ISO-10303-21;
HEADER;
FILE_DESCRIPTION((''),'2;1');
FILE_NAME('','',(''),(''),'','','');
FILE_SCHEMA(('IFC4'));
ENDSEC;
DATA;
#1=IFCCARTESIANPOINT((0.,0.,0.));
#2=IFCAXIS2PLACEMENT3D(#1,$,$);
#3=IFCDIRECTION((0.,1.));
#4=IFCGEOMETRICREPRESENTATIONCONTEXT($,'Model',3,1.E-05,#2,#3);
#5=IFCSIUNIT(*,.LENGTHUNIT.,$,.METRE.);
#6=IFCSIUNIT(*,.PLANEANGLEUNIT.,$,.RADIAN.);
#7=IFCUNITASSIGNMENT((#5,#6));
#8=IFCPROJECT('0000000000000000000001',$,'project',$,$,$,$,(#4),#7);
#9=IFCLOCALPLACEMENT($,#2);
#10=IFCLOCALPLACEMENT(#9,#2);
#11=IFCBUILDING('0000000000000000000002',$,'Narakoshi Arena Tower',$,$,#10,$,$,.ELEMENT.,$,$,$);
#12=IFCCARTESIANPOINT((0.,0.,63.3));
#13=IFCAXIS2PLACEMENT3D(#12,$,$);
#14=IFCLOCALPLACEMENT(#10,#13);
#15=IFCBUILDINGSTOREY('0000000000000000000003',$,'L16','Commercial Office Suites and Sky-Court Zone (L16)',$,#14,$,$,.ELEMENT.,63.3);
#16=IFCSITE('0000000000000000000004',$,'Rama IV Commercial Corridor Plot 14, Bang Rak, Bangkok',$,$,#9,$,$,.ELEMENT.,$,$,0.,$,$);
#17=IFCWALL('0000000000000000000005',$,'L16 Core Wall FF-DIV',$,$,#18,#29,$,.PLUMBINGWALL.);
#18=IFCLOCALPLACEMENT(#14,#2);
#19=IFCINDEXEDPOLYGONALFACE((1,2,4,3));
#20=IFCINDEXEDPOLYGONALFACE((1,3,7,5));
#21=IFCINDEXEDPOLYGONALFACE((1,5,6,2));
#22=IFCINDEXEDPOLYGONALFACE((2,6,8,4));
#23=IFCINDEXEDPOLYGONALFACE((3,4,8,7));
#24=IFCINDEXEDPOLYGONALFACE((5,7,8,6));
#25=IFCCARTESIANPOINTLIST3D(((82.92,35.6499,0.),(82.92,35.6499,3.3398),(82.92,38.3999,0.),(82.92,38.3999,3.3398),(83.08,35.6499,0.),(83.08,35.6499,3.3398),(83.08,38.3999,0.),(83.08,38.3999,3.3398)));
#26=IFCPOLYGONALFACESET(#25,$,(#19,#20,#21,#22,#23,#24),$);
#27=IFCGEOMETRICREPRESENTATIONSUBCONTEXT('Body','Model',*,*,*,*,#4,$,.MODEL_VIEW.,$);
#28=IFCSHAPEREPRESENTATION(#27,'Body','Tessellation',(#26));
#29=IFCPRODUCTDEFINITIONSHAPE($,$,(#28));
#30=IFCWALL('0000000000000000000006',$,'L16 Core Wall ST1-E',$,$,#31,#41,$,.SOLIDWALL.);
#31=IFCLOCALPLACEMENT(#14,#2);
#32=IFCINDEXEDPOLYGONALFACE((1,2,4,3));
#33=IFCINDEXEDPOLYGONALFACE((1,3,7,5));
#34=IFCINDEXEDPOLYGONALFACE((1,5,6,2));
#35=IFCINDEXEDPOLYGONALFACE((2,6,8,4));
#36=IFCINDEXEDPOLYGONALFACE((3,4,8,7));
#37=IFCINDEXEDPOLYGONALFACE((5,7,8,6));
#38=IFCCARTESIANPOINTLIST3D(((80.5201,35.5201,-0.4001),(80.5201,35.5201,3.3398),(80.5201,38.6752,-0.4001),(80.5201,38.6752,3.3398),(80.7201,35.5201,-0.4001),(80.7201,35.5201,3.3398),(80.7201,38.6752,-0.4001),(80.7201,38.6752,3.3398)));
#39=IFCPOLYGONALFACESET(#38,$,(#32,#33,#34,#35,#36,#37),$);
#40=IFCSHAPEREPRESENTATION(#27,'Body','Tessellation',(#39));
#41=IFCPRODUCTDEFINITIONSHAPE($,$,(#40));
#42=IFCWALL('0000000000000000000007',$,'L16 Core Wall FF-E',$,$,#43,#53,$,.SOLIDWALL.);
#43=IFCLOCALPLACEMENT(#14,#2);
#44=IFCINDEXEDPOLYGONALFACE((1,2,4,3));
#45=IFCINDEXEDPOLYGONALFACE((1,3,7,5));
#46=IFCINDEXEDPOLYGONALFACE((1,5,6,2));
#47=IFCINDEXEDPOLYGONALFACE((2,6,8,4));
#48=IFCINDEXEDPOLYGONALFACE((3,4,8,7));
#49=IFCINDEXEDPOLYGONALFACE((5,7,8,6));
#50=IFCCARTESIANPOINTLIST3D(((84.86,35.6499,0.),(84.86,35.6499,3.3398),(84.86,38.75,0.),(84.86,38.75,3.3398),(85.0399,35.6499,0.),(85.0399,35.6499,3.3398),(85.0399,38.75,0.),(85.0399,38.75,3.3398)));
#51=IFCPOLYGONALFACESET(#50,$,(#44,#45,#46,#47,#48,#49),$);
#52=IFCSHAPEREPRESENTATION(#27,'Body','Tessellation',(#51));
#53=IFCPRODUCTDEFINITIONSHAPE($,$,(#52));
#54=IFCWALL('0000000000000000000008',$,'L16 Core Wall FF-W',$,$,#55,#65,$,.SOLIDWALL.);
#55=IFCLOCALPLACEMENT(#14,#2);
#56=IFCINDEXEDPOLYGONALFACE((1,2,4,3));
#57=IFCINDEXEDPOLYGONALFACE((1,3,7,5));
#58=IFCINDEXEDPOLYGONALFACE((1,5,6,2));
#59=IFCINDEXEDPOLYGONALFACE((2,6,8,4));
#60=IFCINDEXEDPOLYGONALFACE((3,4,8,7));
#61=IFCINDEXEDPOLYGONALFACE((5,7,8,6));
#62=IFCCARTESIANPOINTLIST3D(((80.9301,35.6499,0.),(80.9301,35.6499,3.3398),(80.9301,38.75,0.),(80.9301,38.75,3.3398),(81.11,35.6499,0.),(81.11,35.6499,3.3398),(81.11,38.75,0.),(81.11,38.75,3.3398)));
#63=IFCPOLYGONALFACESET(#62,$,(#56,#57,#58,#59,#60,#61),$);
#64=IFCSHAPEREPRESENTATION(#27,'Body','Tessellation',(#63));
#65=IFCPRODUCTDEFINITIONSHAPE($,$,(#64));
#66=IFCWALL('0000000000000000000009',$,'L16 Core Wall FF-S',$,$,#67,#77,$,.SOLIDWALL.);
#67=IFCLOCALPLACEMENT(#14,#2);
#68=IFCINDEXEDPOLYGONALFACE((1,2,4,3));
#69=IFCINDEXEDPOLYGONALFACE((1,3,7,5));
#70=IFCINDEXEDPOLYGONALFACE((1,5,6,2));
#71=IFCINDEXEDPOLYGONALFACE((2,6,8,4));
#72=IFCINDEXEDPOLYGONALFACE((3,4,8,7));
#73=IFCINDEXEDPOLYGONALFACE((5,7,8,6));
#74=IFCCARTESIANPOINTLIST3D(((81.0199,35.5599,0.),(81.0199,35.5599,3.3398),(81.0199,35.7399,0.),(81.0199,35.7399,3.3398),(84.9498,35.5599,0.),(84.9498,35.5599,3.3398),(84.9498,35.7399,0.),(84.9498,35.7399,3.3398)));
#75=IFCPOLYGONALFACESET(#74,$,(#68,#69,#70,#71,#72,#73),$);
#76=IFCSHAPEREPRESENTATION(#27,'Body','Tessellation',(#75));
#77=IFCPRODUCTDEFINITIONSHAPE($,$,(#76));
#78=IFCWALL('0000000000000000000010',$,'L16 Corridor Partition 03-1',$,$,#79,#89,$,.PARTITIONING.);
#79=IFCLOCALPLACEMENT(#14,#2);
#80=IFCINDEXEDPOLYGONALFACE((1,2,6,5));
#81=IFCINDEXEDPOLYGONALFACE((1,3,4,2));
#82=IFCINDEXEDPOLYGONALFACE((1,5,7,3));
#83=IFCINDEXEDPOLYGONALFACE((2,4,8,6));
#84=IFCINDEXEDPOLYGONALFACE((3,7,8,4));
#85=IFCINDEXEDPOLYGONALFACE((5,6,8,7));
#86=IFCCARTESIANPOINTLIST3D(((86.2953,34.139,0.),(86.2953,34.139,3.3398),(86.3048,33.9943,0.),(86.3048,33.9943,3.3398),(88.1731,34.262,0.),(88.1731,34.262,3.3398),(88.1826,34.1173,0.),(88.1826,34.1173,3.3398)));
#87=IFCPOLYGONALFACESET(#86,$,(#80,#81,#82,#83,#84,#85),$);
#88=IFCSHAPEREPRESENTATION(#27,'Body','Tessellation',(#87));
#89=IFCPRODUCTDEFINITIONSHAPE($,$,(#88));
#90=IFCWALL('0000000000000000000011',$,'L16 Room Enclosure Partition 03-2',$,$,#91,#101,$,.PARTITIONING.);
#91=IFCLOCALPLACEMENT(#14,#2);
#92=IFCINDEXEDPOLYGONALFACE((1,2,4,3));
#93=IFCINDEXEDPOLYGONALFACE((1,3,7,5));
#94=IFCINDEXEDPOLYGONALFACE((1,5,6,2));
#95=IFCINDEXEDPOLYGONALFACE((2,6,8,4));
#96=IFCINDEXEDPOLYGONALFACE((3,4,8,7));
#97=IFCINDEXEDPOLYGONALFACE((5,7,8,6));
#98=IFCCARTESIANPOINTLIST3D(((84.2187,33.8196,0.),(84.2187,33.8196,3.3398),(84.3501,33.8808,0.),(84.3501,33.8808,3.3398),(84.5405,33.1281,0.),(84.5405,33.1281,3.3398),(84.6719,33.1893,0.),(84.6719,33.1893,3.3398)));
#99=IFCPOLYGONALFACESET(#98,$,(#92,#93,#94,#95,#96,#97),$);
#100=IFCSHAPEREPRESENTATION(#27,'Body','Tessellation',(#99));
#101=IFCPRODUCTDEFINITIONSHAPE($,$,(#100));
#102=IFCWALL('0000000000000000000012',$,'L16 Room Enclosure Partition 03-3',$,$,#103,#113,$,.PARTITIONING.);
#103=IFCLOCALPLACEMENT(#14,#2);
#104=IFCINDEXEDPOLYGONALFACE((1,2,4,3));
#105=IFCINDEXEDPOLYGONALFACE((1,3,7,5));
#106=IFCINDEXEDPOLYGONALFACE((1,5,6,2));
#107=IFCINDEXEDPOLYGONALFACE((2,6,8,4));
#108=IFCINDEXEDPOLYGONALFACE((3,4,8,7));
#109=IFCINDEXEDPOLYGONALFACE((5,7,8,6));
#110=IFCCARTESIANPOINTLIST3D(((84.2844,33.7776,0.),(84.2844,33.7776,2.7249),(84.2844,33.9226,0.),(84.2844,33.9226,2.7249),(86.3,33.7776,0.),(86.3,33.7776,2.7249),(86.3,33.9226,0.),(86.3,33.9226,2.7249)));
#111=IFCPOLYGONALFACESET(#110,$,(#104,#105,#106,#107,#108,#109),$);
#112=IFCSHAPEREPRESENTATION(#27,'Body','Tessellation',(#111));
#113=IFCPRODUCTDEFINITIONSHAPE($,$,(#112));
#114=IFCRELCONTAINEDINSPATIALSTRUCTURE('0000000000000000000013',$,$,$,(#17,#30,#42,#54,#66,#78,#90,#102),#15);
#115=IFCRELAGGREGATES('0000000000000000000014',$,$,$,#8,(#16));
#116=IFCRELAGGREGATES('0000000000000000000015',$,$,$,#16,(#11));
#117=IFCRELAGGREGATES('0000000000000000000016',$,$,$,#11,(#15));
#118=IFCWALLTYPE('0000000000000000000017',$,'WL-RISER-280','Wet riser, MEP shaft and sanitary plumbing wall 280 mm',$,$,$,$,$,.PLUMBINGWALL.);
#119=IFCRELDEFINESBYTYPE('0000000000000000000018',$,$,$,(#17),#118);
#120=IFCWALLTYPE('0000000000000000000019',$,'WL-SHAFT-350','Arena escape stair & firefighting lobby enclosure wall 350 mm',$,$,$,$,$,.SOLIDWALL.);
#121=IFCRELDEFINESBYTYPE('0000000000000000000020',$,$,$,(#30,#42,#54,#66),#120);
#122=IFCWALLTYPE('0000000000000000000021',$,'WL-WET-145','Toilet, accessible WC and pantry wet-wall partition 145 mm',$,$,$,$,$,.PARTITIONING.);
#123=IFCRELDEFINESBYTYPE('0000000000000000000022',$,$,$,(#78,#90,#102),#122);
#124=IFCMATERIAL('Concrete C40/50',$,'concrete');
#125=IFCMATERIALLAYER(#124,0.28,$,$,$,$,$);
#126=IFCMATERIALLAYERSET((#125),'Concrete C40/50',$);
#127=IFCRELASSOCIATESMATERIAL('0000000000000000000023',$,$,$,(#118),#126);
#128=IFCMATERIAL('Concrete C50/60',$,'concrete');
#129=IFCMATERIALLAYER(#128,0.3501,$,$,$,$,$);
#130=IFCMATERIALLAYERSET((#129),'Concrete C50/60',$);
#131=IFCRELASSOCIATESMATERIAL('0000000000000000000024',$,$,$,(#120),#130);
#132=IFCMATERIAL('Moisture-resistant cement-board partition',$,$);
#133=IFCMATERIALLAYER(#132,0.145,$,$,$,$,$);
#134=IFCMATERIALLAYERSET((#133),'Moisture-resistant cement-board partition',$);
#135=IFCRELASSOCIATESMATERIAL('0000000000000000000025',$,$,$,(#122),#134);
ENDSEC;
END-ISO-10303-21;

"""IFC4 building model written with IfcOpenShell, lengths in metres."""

from ifc_helpers import new_model, si_unit, direction, frame, frame_2d, origin, place, context, subcontext, project, spatial, rectangle, extrude, material, layer, layer_set, type_object, element, save


model = new_model("IFC4")

# Units and contexts
model_context = context("Model", 3, precision=1e-05, world=origin(), true_north=direction((0.0, 1.0)))
body_context = subcontext(model_context, "Body", "Model", "MODEL_VIEW")
ifc_project = project(units=[si_unit("LENGTHUNIT", "METRE"), si_unit("PLANEANGLEUNIT", "RADIAN")], contexts=[model_context])

# Site, building, storey
site_placement = place(None, origin())
site = spatial("IfcSite", under=ifc_project, at=site_placement, Name="Rama IV Commercial Corridor Plot 14, Bang Rak, Bangkok", CompositionType="ELEMENT", RefElevation=0.0)
building_placement = place(site_placement, origin())
building = spatial("IfcBuilding", under=site, at=building_placement, Name="Narakoshi Arena Tower", CompositionType="ELEMENT")
storey_placement = place(building_placement, frame((0.0, 0.0, 63.3)))
storey = spatial("IfcBuildingStorey", under=building, at=storey_placement, Name="L16", Description="Commercial Office Suites and Sky-Court Zone (L16)", CompositionType="ELEMENT", Elevation=63.3)

# Walls
ifc_material_1 = material(Name="Concrete C40/50", Category="concrete")
ifc_layer_1 = layer(ifc_material_1, 0.28)
ifc_layer_set_1 = layer_set([ifc_layer_1], Name="Concrete C40/50")
wall_type_1 = type_object("IfcWallType", Name="WL-RISER-280", Description="Wet riser, MEP shaft and sanitary plumbing wall 280 mm", PredefinedType="PLUMBINGWALL", material=ifc_layer_set_1)
wall_1_placement = place(storey_placement, frame((83.0, 35.6499, 0.0), z_axis=(0.0, 0.0, 1.0), x_axis=(0.0, 1.0, 0.0)))
element("IfcWall", 1, at=wall_1_placement, inside=storey, type_object=wall_type_1, Name="L16 Core Wall FF-DIV", PredefinedType="PLUMBINGWALL", context=body_context, shape_type="SweptSolid", body=[
    extrude(rectangle(XDim=2.75, YDim=0.1599, at=frame_2d((1.375, 0.0))), origin(), (0.0, 0.0, 1.0), 3.3398),
])
ifc_material_2 = material(Name="Concrete C50/60", Category="concrete")
ifc_layer_2 = layer(ifc_material_2, 0.3501)
ifc_layer_set_2 = layer_set([ifc_layer_2], Name="Concrete C50/60")
wall_type_2 = type_object("IfcWallType", Name="WL-SHAFT-350", Description="Arena escape stair & firefighting lobby enclosure wall 350 mm", PredefinedType="SOLIDWALL", material=ifc_layer_set_2)
wall_2_placement = place(storey_placement, frame((80.6201, 35.52, -0.4001), z_axis=(0.0, 0.0, 1.0), x_axis=(0.0, 1.0, 0.0)))
element("IfcWall", 2, at=wall_2_placement, inside=storey, type_object=wall_type_2, Name="L16 Core Wall ST1-E", PredefinedType="SOLIDWALL", context=body_context, shape_type="SweptSolid", body=[
    extrude(rectangle(XDim=3.155, YDim=0.2, at=frame_2d((1.5776, 0.0))), origin(), (0.0, 0.0, 1.0), 3.74),
])
for number, where, z_axis, x_axis, name in (
    (3, (84.95, 35.6499, 0.0), (0.0, 0.0, 1.0), (0.0, 1.0, 0.0), "L16 Core Wall FF-E"),
    (4, (81.02, 35.6499, 0.0), (0.0, 0.0, 1.0), (0.0, 1.0, 0.0), "L16 Core Wall FF-W"),
):
    element("IfcWall", number, at=place(storey_placement, frame(where, z_axis=z_axis, x_axis=x_axis)), inside=storey, type_object=wall_type_2, Name=name, PredefinedType="SOLIDWALL", context=body_context, shape_type="SweptSolid", body=[
        extrude(rectangle(XDim=3.1001, YDim=0.1799, at=frame_2d((1.55, 0.0))), origin(), (0.0, 0.0, 1.0), 3.3398),
    ])
wall_3_placement = place(storey_placement, frame((81.02, 35.6499, 0.0), z_axis=(0.0, 0.0, 1.0), x_axis=(1.0, 0.0, 0.0)))
element("IfcWall", 5, at=wall_3_placement, inside=storey, type_object=wall_type_2, Name="L16 Core Wall FF-S", PredefinedType="SOLIDWALL", context=body_context, shape_type="SweptSolid", body=[
    extrude(rectangle(XDim=3.9299, YDim=0.1799, at=frame_2d((1.9648, 0.0))), origin(), (0.0, 0.0, 1.0), 3.3398),
])
ifc_material_3 = material(Name="Moisture-resistant cement-board partition")
ifc_layer_3 = layer(ifc_material_3, 0.145)
ifc_layer_set_3 = layer_set([ifc_layer_3], Name="Moisture-resistant cement-board partition")
wall_type_3 = type_object("IfcWallType", Name="WL-WET-145", Description="Toilet, accessible WC and pantry wet-wall partition 145 mm", PredefinedType="PARTITIONING", material=ifc_layer_set_3)
wall_4_placement = place(storey_placement, frame((86.3, 34.0667, 0.0), z_axis=(0.0, 0.0, 1.0), x_axis=(0.99786, 0.065382, 0.0)))
element("IfcWall", 6, at=wall_4_placement, inside=storey, type_object=wall_type_3, Name="L16 Corridor Partition 03-1", PredefinedType="PARTITIONING", context=body_context, shape_type="SweptSolid", body=[
    extrude(rectangle(XDim=1.8818, YDim=0.145, at=frame_2d((0.9409, 0.0))), origin(), (0.0, 0.0, 1.0), 3.3398),
])

# Walls
wall_5_placement = place(storey_placement, frame((84.6062, 33.1587, 0.0), z_axis=(0.0, 0.0, 1.0), x_axis=(-0.421939, 0.906624, 0.0)))
element("IfcWall", 7, at=wall_5_placement, inside=storey, type_object=wall_type_3, Name="L16 Room Enclosure Partition 03-2", PredefinedType="PARTITIONING", context=body_context, shape_type="SweptSolid", body=[
    extrude(rectangle(XDim=0.7627, YDim=0.145, at=frame_2d((0.3813, 0.0))), origin(), (0.0, 0.0, 1.0), 3.3398),
])
wall_6_placement = place(storey_placement, frame((84.2844, 33.8501, 0.0), z_axis=(0.0, 0.0, 1.0), x_axis=(1.0, 0.0, 0.0)))
element("IfcWall", 8, at=wall_6_placement, inside=storey, type_object=wall_type_3, Name="L16 Room Enclosure Partition 03-3", PredefinedType="PARTITIONING", context=body_context, shape_type="SweptSolid", body=[
    extrude(rectangle(XDim=2.0156, YDim=0.145, at=frame_2d((1.0078, 0.0))), origin(), (0.0, 0.0, 1.0), 2.7249),
])

save(model, "model.ifc")
